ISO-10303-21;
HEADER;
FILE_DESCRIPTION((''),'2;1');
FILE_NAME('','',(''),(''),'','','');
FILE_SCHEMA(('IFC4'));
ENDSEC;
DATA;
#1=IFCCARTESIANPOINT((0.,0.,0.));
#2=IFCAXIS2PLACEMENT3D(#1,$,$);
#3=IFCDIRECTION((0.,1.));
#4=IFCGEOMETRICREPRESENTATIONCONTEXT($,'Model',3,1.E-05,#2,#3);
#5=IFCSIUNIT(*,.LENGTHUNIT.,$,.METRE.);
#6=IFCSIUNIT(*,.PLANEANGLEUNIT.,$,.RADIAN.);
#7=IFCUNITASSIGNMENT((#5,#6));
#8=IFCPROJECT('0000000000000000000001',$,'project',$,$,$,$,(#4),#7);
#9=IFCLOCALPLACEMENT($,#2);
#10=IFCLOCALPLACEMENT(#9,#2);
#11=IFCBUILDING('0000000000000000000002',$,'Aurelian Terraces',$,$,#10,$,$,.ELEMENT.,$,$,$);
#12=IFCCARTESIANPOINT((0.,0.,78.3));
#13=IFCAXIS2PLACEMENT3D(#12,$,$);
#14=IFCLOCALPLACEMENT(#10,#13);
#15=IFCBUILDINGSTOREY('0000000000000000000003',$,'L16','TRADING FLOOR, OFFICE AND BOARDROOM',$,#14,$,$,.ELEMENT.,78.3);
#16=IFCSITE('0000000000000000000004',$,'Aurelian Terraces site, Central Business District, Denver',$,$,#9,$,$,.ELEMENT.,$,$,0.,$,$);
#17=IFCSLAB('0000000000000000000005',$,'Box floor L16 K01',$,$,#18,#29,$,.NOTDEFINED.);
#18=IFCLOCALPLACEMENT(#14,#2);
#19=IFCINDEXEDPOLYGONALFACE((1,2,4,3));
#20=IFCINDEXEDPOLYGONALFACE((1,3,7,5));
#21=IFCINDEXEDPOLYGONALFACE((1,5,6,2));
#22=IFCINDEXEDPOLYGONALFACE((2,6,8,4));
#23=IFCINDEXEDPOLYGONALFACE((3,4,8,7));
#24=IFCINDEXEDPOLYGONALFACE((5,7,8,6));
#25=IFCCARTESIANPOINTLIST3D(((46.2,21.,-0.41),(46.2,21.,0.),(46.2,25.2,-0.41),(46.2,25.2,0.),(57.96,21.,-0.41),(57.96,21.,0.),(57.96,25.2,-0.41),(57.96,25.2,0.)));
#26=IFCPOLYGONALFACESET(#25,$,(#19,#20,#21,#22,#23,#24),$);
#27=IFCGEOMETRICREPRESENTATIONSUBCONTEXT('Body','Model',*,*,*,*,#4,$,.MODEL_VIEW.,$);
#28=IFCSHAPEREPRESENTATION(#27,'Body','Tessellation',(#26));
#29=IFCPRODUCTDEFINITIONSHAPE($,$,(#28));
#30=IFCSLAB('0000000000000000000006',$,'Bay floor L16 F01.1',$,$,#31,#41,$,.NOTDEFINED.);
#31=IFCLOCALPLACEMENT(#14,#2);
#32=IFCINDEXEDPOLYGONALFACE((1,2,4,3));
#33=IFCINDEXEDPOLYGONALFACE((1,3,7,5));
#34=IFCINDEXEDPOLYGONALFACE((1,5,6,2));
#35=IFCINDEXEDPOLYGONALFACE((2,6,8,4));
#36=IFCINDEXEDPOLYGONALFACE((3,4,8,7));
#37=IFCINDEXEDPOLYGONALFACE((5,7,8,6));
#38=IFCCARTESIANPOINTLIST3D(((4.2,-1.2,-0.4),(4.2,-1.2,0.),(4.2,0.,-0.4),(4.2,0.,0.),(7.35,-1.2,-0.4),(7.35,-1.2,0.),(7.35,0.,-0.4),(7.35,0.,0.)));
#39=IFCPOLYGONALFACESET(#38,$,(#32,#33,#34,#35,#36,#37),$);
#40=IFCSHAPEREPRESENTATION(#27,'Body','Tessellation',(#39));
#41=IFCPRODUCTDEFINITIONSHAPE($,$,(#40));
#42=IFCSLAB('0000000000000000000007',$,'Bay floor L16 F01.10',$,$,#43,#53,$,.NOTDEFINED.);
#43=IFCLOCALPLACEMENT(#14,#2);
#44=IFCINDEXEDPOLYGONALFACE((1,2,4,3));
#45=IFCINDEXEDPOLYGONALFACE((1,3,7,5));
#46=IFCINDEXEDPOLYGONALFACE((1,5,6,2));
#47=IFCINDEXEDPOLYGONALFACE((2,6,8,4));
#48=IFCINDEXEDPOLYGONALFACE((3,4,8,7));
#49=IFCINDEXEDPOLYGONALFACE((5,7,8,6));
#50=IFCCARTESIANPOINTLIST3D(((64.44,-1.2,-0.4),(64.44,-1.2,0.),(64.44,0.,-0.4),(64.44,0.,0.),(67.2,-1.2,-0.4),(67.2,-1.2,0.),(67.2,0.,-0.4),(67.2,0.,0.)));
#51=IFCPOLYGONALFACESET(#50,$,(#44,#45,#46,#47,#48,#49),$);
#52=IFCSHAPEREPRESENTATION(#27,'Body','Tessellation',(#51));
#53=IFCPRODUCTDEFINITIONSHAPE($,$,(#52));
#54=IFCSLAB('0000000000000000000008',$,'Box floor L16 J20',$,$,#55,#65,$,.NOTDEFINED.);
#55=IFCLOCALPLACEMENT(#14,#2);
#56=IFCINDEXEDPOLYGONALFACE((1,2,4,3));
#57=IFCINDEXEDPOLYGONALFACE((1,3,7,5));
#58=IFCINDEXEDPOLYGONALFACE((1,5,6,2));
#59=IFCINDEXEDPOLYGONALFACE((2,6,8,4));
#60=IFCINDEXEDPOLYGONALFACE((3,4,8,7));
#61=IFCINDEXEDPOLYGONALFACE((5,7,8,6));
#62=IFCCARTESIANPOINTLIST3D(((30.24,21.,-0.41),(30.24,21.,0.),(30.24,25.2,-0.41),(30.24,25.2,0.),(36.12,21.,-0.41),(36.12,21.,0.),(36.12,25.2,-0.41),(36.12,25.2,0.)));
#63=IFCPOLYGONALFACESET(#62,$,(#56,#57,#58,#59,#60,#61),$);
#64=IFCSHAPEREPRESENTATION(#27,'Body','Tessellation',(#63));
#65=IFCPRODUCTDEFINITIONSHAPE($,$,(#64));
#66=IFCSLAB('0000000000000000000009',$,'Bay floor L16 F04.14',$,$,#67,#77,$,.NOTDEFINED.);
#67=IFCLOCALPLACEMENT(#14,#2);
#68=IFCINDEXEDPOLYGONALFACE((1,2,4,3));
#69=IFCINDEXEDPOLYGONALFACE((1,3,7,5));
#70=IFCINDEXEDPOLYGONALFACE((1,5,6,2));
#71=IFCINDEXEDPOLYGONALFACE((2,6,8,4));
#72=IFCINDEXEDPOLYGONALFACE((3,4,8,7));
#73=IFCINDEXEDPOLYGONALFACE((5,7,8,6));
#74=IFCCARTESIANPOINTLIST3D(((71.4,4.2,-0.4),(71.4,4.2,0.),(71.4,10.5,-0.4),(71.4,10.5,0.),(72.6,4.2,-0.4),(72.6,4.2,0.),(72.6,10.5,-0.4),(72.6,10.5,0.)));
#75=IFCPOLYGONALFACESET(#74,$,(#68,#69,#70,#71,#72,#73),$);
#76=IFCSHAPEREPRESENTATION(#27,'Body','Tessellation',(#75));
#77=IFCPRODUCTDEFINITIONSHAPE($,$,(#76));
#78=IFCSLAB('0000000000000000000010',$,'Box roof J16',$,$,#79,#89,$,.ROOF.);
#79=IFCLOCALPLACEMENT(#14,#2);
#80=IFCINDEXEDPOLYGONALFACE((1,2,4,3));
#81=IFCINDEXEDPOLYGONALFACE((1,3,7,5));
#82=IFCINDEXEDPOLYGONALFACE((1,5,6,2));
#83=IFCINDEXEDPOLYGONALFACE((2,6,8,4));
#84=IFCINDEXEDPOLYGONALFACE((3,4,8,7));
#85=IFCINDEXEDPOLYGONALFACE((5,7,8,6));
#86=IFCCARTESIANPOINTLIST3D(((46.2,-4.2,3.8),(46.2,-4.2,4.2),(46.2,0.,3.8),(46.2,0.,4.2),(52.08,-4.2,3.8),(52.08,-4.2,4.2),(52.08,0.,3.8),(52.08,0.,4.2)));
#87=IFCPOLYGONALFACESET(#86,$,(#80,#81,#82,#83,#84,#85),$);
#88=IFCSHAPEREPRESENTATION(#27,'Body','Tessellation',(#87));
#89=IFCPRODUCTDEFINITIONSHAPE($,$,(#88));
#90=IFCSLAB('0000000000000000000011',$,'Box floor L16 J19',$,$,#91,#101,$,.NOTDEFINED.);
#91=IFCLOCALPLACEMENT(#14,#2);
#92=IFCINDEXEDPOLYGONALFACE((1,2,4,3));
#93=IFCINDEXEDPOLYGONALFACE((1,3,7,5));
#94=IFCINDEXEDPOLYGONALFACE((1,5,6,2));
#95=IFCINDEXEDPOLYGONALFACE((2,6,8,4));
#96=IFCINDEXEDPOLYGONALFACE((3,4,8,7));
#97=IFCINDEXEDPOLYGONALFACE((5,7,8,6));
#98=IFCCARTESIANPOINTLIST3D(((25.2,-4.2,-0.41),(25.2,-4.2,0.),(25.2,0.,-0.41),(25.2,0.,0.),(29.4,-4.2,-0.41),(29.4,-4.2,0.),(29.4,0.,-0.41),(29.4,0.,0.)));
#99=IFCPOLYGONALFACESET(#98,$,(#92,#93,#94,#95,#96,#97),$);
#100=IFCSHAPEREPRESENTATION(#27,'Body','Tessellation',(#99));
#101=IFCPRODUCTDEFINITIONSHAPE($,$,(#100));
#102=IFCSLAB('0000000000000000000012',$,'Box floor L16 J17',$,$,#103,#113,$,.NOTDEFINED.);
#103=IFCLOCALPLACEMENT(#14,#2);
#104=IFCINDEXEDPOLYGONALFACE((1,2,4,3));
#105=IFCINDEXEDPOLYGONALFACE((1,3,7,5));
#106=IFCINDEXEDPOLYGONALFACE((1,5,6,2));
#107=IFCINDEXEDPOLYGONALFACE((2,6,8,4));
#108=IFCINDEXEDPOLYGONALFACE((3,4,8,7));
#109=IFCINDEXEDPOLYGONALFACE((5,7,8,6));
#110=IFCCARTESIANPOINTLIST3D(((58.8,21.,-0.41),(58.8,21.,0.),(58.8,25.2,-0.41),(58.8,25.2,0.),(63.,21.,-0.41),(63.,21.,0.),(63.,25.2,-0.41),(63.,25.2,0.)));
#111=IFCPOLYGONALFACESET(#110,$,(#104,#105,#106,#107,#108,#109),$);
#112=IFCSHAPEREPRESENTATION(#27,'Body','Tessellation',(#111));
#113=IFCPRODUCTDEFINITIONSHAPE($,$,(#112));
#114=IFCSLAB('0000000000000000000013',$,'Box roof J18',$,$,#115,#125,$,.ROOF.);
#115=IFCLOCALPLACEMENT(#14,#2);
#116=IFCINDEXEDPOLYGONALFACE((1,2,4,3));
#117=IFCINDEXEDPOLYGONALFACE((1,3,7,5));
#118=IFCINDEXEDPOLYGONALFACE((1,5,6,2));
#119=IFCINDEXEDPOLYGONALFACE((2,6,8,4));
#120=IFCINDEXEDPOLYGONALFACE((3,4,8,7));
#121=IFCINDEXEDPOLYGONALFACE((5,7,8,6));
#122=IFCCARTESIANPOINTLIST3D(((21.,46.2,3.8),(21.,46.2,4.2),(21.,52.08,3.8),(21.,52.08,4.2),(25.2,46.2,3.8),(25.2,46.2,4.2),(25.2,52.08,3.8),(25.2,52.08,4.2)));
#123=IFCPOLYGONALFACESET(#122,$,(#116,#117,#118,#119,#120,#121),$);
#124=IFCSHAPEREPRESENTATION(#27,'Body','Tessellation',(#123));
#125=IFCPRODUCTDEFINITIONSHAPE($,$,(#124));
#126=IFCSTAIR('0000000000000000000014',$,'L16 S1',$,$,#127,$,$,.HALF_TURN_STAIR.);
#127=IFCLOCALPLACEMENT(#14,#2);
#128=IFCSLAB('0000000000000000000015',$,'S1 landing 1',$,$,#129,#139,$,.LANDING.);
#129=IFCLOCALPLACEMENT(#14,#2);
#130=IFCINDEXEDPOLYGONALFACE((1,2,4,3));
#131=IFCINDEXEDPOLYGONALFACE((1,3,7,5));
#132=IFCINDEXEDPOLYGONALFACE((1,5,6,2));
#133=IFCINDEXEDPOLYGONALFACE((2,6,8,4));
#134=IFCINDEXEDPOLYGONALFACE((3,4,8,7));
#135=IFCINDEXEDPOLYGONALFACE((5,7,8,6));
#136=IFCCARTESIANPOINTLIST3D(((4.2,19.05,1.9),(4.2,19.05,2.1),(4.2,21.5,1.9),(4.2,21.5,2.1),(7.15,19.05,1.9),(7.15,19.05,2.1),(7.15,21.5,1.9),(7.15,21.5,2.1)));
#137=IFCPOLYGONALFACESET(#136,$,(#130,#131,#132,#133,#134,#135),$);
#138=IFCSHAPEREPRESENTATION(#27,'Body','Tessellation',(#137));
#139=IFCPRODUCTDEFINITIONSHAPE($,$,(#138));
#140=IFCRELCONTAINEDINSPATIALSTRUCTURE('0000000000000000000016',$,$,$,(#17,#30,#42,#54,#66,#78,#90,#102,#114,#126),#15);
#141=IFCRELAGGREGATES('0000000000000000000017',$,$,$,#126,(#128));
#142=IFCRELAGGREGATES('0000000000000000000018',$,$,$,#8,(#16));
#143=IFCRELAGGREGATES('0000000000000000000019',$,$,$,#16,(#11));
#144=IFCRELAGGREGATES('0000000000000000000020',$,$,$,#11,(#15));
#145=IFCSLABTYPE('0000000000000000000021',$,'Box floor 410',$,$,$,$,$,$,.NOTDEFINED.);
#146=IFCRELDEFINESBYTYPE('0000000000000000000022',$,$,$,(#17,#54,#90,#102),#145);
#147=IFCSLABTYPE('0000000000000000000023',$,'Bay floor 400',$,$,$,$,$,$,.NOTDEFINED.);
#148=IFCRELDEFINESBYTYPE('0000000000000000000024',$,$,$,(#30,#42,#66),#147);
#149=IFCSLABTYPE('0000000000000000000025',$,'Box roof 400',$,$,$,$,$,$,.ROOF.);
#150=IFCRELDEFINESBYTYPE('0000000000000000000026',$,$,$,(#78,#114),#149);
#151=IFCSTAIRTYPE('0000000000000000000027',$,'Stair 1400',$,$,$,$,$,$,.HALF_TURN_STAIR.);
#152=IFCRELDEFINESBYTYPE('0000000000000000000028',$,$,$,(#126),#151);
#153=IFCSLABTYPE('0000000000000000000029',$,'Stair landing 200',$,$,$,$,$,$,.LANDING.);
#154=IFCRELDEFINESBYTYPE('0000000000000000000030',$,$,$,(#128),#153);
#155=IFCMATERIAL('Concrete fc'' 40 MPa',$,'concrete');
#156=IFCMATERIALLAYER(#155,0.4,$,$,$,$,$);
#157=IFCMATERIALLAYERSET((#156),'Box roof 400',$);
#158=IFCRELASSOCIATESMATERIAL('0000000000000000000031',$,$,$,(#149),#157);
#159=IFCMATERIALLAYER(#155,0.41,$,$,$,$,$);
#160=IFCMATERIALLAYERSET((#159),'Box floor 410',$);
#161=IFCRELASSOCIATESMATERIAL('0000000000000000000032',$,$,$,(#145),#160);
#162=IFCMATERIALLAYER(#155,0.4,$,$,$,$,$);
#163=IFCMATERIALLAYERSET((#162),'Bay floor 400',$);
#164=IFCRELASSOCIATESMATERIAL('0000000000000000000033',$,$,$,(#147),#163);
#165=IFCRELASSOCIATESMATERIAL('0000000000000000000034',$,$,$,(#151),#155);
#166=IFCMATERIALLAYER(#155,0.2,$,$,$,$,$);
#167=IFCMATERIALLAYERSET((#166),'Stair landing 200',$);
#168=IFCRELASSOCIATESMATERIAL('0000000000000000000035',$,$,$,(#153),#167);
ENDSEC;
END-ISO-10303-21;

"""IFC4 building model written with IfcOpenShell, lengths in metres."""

from ifc_helpers import new_model, si_unit, direction, frame, origin, place, context, subcontext, project, spatial, polyline, outline, extrude, source, transform, mapped, material, layer, layer_set, type_object, element, aggregate, save


model = new_model("IFC4")

# Units and contexts
model_context = context("Model", 3, precision=1e-05, world=origin(), true_north=direction((0.0, 1.0)))
body_context = subcontext(model_context, "Body", "Model", "MODEL_VIEW")
ifc_project = project(units=[si_unit("LENGTHUNIT", "METRE"), si_unit("PLANEANGLEUNIT", "RADIAN")], contexts=[model_context])

# Site, building, storey
site_placement = place(None, origin())
site = spatial("IfcSite", under=ifc_project, at=site_placement, Name="Aurelian Terraces site, Central Business District, Denver", CompositionType="ELEMENT", RefElevation=0.0)
building_placement = place(site_placement, origin())
building = spatial("IfcBuilding", under=site, at=building_placement, Name="Aurelian Terraces", CompositionType="ELEMENT")
storey_placement = place(building_placement, frame((0.0, 0.0, 78.3)))
storey = spatial("IfcBuildingStorey", under=building, at=storey_placement, Name="L16", Description="TRADING FLOOR, OFFICE AND BOARDROOM", CompositionType="ELEMENT", Elevation=78.3)

# Shared definitions
ifc_material_1 = material(Name="Concrete fc' 40 MPa", Category="concrete")
ifc_layer_1 = layer(ifc_material_1, 0.4)
ifc_layer_set_1 = layer_set([ifc_layer_1], Name="Box roof 400")
slab_type_1 = type_object("IfcSlabType", Name="Box roof 400", PredefinedType="ROOF", material=ifc_layer_set_1)

# Slabs
ifc_layer_2 = layer(ifc_material_1, 0.41)
ifc_layer_set_2 = layer_set([ifc_layer_2], Name="Box floor 410")
slab_type_2 = type_object("IfcSlabType", Name="Box floor 410", PredefinedType="NOTDEFINED", material=ifc_layer_set_2)
shared_shape_1 = source(origin(), body_context, "Body", "SweptSolid", [
    extrude(outline(polyline([(57.96, 25.2), (46.2, 25.2), (46.2, 21.0), (57.96, 21.0), (57.96, 25.2)])), origin(), (0.0, 0.0, 1.0), 0.41),
])
slab_1_placement = place(storey_placement, frame((0.0, 0.0, -0.41)))
element("IfcSlab", 1, at=slab_1_placement, inside=storey, type_object=slab_type_2, Name="Box floor L16 K01", PredefinedType="NOTDEFINED", context=body_context, shape_type="MappedRepresentation", body=[
    mapped(shared_shape_1, transform((0.0, 0.0, 0.0), scale=1.0)),
])
ifc_layer_3 = layer(ifc_material_1, 0.4)
ifc_layer_set_3 = layer_set([ifc_layer_3], Name="Bay floor 400")
slab_type_3 = type_object("IfcSlabType", Name="Bay floor 400", PredefinedType="NOTDEFINED", material=ifc_layer_set_3)
shared_shape_2 = source(origin(), body_context, "Body", "SweptSolid", [
    extrude(outline(polyline([(4.2, 0.0), (7.35, 0.0), (7.35, -1.2), (4.2, -1.2), (4.2, 0.0)])), origin(), (0.0, 0.0, 1.0), 0.4),
])
slab_2_placement = place(storey_placement, frame((0.0, 0.0, -0.4)))
element("IfcSlab", 2, at=slab_2_placement, inside=storey, type_object=slab_type_3, Name="Bay floor L16 F01.1", PredefinedType="NOTDEFINED", context=body_context, shape_type="MappedRepresentation", body=[
    mapped(shared_shape_2, transform((0.0, 0.0, 0.0), scale=1.0)),
])
shared_shape_3 = source(origin(), body_context, "Body", "SweptSolid", [
    extrude(outline(polyline([(64.44, 0.0), (67.2, 0.0), (67.2, -1.2), (64.44, -1.2), (64.44, 0.0)])), origin(), (0.0, 0.0, 1.0), 0.4),
])
slab_3_placement = place(storey_placement, frame((0.0, 0.0, -0.4)))
element("IfcSlab", 3, at=slab_3_placement, inside=storey, type_object=slab_type_3, Name="Bay floor L16 F01.10", PredefinedType="NOTDEFINED", context=body_context, shape_type="MappedRepresentation", body=[
    mapped(shared_shape_3, transform((0.0, 0.0, 0.0), scale=1.0)),
])
shared_shape_4 = source(origin(), body_context, "Body", "SweptSolid", [
    extrude(outline(polyline([(36.12, 25.2), (30.24, 25.2), (30.24, 21.0), (36.12, 21.0), (36.12, 25.2)])), origin(), (0.0, 0.0, 1.0), 0.41),
])
slab_4_placement = place(storey_placement, frame((0.0, 0.0, -0.41)))
element("IfcSlab", 4, at=slab_4_placement, inside=storey, type_object=slab_type_2, Name="Box floor L16 J20", PredefinedType="NOTDEFINED", context=body_context, shape_type="MappedRepresentation", body=[
    mapped(shared_shape_4, transform((0.0, 0.0, 0.0), scale=1.0)),
])
shared_shape_5 = source(origin(), body_context, "Body", "SweptSolid", [
    extrude(outline(polyline([(71.4, 4.2), (71.4, 10.5), (72.6, 10.5), (72.6, 4.2), (71.4, 4.2)])), origin(), (0.0, 0.0, 1.0), 0.4),
])
slab_5_placement = place(storey_placement, frame((0.0, 0.0, -0.4)))
element("IfcSlab", 5, at=slab_5_placement, inside=storey, type_object=slab_type_3, Name="Bay floor L16 F04.14", PredefinedType="NOTDEFINED", context=body_context, shape_type="MappedRepresentation", body=[
    mapped(shared_shape_5, transform((0.0, 0.0, 0.0), scale=1.0)),
])
shared_shape_6 = source(origin(), body_context, "Body", "SweptSolid", [
    extrude(outline(polyline([(46.2, -4.2), (52.08, -4.2), (52.08, 0.0), (46.2, 0.0), (46.2, -4.2)])), origin(), (0.0, 0.0, 1.0), 0.4),
])
slab_6_placement = place(storey_placement, frame((0.0, 0.0, 3.8)))
element("IfcSlab", 6, at=slab_6_placement, inside=storey, type_object=slab_type_1, Name="Box roof J16", PredefinedType="ROOF", context=body_context, shape_type="MappedRepresentation", body=[
    mapped(shared_shape_6, transform((0.0, 0.0, 0.0), scale=1.0)),
])
shared_shape_7 = source(origin(), body_context, "Body", "SweptSolid", [
    extrude(outline(polyline([(25.2, -4.2), (29.4, -4.2), (29.4, 0.0), (25.2, 0.0), (25.2, -4.2)])), origin(), (0.0, 0.0, 1.0), 0.41),
])
slab_7_placement = place(storey_placement, frame((0.0, 0.0, -0.41)))
element("IfcSlab", 7, at=slab_7_placement, inside=storey, type_object=slab_type_2, Name="Box floor L16 J19", PredefinedType="NOTDEFINED", context=body_context, shape_type="MappedRepresentation", body=[
    mapped(shared_shape_7, transform((0.0, 0.0, 0.0), scale=1.0)),
])
shared_shape_8 = source(origin(), body_context, "Body", "SweptSolid", [
    extrude(outline(polyline([(63.0, 25.2), (58.8, 25.2), (58.8, 21.0), (63.0, 21.0), (63.0, 25.2)])), origin(), (0.0, 0.0, 1.0), 0.41),
])
slab_8_placement = place(storey_placement, frame((0.0, 0.0, -0.41)))
element("IfcSlab", 8, at=slab_8_placement, inside=storey, type_object=slab_type_2, Name="Box floor L16 J17", PredefinedType="NOTDEFINED", context=body_context, shape_type="MappedRepresentation", body=[
    mapped(shared_shape_8, transform((0.0, 0.0, 0.0), scale=1.0)),
])
shared_shape_9 = source(origin(), body_context, "Body", "SweptSolid", [
    extrude(outline(polyline([(25.2, 46.2), (25.2, 52.08), (21.0, 52.08), (21.0, 46.2), (25.2, 46.2)])), origin(), (0.0, 0.0, 1.0), 0.4),
])
slab_9_placement = place(storey_placement, frame((0.0, 0.0, 3.8)))
element("IfcSlab", 9, at=slab_9_placement, inside=storey, type_object=slab_type_1, Name="Box roof J18", PredefinedType="ROOF", context=body_context, shape_type="MappedRepresentation", body=[
    mapped(shared_shape_9, transform((0.0, 0.0, 0.0), scale=1.0)),
])

# Stair, slab
stair_type = type_object("IfcStairType", Name="Stair 1400", PredefinedType="HALF_TURN_STAIR", material=ifc_material_1)
stair_placement = place(storey_placement, origin())
stair = element("IfcStair", 10, at=stair_placement, inside=storey, type_object=stair_type, Name="L16 S1", PredefinedType="HALF_TURN_STAIR")
ifc_layer_4 = layer(ifc_material_1, 0.2)
ifc_layer_set_4 = layer_set([ifc_layer_4], Name="Stair landing 200")
slab_type_4 = type_object("IfcSlabType", Name="Stair landing 200", PredefinedType="LANDING", material=ifc_layer_set_4)
shared_shape_10 = source(origin(), body_context, "Body", "SweptSolid", [
    extrude(outline(polyline([(7.15, 19.05), (7.15, 21.5), (4.2, 21.5), (4.2, 19.05), (7.15, 19.05)])), origin(), (0.0, 0.0, 1.0), 0.2),
])
slab_10_placement = place(storey_placement, frame((0.0, 0.0, 1.9)))
slab_10 = element("IfcSlab", 11, at=slab_10_placement, type_object=slab_type_4, Name="S1 landing 1", PredefinedType="LANDING", context=body_context, shape_type="MappedRepresentation", body=[
    mapped(shared_shape_10, transform((0.0, 0.0, 0.0), scale=1.0)),
])
aggregate(stair, [slab_10])

save(model, "model.ifc")
